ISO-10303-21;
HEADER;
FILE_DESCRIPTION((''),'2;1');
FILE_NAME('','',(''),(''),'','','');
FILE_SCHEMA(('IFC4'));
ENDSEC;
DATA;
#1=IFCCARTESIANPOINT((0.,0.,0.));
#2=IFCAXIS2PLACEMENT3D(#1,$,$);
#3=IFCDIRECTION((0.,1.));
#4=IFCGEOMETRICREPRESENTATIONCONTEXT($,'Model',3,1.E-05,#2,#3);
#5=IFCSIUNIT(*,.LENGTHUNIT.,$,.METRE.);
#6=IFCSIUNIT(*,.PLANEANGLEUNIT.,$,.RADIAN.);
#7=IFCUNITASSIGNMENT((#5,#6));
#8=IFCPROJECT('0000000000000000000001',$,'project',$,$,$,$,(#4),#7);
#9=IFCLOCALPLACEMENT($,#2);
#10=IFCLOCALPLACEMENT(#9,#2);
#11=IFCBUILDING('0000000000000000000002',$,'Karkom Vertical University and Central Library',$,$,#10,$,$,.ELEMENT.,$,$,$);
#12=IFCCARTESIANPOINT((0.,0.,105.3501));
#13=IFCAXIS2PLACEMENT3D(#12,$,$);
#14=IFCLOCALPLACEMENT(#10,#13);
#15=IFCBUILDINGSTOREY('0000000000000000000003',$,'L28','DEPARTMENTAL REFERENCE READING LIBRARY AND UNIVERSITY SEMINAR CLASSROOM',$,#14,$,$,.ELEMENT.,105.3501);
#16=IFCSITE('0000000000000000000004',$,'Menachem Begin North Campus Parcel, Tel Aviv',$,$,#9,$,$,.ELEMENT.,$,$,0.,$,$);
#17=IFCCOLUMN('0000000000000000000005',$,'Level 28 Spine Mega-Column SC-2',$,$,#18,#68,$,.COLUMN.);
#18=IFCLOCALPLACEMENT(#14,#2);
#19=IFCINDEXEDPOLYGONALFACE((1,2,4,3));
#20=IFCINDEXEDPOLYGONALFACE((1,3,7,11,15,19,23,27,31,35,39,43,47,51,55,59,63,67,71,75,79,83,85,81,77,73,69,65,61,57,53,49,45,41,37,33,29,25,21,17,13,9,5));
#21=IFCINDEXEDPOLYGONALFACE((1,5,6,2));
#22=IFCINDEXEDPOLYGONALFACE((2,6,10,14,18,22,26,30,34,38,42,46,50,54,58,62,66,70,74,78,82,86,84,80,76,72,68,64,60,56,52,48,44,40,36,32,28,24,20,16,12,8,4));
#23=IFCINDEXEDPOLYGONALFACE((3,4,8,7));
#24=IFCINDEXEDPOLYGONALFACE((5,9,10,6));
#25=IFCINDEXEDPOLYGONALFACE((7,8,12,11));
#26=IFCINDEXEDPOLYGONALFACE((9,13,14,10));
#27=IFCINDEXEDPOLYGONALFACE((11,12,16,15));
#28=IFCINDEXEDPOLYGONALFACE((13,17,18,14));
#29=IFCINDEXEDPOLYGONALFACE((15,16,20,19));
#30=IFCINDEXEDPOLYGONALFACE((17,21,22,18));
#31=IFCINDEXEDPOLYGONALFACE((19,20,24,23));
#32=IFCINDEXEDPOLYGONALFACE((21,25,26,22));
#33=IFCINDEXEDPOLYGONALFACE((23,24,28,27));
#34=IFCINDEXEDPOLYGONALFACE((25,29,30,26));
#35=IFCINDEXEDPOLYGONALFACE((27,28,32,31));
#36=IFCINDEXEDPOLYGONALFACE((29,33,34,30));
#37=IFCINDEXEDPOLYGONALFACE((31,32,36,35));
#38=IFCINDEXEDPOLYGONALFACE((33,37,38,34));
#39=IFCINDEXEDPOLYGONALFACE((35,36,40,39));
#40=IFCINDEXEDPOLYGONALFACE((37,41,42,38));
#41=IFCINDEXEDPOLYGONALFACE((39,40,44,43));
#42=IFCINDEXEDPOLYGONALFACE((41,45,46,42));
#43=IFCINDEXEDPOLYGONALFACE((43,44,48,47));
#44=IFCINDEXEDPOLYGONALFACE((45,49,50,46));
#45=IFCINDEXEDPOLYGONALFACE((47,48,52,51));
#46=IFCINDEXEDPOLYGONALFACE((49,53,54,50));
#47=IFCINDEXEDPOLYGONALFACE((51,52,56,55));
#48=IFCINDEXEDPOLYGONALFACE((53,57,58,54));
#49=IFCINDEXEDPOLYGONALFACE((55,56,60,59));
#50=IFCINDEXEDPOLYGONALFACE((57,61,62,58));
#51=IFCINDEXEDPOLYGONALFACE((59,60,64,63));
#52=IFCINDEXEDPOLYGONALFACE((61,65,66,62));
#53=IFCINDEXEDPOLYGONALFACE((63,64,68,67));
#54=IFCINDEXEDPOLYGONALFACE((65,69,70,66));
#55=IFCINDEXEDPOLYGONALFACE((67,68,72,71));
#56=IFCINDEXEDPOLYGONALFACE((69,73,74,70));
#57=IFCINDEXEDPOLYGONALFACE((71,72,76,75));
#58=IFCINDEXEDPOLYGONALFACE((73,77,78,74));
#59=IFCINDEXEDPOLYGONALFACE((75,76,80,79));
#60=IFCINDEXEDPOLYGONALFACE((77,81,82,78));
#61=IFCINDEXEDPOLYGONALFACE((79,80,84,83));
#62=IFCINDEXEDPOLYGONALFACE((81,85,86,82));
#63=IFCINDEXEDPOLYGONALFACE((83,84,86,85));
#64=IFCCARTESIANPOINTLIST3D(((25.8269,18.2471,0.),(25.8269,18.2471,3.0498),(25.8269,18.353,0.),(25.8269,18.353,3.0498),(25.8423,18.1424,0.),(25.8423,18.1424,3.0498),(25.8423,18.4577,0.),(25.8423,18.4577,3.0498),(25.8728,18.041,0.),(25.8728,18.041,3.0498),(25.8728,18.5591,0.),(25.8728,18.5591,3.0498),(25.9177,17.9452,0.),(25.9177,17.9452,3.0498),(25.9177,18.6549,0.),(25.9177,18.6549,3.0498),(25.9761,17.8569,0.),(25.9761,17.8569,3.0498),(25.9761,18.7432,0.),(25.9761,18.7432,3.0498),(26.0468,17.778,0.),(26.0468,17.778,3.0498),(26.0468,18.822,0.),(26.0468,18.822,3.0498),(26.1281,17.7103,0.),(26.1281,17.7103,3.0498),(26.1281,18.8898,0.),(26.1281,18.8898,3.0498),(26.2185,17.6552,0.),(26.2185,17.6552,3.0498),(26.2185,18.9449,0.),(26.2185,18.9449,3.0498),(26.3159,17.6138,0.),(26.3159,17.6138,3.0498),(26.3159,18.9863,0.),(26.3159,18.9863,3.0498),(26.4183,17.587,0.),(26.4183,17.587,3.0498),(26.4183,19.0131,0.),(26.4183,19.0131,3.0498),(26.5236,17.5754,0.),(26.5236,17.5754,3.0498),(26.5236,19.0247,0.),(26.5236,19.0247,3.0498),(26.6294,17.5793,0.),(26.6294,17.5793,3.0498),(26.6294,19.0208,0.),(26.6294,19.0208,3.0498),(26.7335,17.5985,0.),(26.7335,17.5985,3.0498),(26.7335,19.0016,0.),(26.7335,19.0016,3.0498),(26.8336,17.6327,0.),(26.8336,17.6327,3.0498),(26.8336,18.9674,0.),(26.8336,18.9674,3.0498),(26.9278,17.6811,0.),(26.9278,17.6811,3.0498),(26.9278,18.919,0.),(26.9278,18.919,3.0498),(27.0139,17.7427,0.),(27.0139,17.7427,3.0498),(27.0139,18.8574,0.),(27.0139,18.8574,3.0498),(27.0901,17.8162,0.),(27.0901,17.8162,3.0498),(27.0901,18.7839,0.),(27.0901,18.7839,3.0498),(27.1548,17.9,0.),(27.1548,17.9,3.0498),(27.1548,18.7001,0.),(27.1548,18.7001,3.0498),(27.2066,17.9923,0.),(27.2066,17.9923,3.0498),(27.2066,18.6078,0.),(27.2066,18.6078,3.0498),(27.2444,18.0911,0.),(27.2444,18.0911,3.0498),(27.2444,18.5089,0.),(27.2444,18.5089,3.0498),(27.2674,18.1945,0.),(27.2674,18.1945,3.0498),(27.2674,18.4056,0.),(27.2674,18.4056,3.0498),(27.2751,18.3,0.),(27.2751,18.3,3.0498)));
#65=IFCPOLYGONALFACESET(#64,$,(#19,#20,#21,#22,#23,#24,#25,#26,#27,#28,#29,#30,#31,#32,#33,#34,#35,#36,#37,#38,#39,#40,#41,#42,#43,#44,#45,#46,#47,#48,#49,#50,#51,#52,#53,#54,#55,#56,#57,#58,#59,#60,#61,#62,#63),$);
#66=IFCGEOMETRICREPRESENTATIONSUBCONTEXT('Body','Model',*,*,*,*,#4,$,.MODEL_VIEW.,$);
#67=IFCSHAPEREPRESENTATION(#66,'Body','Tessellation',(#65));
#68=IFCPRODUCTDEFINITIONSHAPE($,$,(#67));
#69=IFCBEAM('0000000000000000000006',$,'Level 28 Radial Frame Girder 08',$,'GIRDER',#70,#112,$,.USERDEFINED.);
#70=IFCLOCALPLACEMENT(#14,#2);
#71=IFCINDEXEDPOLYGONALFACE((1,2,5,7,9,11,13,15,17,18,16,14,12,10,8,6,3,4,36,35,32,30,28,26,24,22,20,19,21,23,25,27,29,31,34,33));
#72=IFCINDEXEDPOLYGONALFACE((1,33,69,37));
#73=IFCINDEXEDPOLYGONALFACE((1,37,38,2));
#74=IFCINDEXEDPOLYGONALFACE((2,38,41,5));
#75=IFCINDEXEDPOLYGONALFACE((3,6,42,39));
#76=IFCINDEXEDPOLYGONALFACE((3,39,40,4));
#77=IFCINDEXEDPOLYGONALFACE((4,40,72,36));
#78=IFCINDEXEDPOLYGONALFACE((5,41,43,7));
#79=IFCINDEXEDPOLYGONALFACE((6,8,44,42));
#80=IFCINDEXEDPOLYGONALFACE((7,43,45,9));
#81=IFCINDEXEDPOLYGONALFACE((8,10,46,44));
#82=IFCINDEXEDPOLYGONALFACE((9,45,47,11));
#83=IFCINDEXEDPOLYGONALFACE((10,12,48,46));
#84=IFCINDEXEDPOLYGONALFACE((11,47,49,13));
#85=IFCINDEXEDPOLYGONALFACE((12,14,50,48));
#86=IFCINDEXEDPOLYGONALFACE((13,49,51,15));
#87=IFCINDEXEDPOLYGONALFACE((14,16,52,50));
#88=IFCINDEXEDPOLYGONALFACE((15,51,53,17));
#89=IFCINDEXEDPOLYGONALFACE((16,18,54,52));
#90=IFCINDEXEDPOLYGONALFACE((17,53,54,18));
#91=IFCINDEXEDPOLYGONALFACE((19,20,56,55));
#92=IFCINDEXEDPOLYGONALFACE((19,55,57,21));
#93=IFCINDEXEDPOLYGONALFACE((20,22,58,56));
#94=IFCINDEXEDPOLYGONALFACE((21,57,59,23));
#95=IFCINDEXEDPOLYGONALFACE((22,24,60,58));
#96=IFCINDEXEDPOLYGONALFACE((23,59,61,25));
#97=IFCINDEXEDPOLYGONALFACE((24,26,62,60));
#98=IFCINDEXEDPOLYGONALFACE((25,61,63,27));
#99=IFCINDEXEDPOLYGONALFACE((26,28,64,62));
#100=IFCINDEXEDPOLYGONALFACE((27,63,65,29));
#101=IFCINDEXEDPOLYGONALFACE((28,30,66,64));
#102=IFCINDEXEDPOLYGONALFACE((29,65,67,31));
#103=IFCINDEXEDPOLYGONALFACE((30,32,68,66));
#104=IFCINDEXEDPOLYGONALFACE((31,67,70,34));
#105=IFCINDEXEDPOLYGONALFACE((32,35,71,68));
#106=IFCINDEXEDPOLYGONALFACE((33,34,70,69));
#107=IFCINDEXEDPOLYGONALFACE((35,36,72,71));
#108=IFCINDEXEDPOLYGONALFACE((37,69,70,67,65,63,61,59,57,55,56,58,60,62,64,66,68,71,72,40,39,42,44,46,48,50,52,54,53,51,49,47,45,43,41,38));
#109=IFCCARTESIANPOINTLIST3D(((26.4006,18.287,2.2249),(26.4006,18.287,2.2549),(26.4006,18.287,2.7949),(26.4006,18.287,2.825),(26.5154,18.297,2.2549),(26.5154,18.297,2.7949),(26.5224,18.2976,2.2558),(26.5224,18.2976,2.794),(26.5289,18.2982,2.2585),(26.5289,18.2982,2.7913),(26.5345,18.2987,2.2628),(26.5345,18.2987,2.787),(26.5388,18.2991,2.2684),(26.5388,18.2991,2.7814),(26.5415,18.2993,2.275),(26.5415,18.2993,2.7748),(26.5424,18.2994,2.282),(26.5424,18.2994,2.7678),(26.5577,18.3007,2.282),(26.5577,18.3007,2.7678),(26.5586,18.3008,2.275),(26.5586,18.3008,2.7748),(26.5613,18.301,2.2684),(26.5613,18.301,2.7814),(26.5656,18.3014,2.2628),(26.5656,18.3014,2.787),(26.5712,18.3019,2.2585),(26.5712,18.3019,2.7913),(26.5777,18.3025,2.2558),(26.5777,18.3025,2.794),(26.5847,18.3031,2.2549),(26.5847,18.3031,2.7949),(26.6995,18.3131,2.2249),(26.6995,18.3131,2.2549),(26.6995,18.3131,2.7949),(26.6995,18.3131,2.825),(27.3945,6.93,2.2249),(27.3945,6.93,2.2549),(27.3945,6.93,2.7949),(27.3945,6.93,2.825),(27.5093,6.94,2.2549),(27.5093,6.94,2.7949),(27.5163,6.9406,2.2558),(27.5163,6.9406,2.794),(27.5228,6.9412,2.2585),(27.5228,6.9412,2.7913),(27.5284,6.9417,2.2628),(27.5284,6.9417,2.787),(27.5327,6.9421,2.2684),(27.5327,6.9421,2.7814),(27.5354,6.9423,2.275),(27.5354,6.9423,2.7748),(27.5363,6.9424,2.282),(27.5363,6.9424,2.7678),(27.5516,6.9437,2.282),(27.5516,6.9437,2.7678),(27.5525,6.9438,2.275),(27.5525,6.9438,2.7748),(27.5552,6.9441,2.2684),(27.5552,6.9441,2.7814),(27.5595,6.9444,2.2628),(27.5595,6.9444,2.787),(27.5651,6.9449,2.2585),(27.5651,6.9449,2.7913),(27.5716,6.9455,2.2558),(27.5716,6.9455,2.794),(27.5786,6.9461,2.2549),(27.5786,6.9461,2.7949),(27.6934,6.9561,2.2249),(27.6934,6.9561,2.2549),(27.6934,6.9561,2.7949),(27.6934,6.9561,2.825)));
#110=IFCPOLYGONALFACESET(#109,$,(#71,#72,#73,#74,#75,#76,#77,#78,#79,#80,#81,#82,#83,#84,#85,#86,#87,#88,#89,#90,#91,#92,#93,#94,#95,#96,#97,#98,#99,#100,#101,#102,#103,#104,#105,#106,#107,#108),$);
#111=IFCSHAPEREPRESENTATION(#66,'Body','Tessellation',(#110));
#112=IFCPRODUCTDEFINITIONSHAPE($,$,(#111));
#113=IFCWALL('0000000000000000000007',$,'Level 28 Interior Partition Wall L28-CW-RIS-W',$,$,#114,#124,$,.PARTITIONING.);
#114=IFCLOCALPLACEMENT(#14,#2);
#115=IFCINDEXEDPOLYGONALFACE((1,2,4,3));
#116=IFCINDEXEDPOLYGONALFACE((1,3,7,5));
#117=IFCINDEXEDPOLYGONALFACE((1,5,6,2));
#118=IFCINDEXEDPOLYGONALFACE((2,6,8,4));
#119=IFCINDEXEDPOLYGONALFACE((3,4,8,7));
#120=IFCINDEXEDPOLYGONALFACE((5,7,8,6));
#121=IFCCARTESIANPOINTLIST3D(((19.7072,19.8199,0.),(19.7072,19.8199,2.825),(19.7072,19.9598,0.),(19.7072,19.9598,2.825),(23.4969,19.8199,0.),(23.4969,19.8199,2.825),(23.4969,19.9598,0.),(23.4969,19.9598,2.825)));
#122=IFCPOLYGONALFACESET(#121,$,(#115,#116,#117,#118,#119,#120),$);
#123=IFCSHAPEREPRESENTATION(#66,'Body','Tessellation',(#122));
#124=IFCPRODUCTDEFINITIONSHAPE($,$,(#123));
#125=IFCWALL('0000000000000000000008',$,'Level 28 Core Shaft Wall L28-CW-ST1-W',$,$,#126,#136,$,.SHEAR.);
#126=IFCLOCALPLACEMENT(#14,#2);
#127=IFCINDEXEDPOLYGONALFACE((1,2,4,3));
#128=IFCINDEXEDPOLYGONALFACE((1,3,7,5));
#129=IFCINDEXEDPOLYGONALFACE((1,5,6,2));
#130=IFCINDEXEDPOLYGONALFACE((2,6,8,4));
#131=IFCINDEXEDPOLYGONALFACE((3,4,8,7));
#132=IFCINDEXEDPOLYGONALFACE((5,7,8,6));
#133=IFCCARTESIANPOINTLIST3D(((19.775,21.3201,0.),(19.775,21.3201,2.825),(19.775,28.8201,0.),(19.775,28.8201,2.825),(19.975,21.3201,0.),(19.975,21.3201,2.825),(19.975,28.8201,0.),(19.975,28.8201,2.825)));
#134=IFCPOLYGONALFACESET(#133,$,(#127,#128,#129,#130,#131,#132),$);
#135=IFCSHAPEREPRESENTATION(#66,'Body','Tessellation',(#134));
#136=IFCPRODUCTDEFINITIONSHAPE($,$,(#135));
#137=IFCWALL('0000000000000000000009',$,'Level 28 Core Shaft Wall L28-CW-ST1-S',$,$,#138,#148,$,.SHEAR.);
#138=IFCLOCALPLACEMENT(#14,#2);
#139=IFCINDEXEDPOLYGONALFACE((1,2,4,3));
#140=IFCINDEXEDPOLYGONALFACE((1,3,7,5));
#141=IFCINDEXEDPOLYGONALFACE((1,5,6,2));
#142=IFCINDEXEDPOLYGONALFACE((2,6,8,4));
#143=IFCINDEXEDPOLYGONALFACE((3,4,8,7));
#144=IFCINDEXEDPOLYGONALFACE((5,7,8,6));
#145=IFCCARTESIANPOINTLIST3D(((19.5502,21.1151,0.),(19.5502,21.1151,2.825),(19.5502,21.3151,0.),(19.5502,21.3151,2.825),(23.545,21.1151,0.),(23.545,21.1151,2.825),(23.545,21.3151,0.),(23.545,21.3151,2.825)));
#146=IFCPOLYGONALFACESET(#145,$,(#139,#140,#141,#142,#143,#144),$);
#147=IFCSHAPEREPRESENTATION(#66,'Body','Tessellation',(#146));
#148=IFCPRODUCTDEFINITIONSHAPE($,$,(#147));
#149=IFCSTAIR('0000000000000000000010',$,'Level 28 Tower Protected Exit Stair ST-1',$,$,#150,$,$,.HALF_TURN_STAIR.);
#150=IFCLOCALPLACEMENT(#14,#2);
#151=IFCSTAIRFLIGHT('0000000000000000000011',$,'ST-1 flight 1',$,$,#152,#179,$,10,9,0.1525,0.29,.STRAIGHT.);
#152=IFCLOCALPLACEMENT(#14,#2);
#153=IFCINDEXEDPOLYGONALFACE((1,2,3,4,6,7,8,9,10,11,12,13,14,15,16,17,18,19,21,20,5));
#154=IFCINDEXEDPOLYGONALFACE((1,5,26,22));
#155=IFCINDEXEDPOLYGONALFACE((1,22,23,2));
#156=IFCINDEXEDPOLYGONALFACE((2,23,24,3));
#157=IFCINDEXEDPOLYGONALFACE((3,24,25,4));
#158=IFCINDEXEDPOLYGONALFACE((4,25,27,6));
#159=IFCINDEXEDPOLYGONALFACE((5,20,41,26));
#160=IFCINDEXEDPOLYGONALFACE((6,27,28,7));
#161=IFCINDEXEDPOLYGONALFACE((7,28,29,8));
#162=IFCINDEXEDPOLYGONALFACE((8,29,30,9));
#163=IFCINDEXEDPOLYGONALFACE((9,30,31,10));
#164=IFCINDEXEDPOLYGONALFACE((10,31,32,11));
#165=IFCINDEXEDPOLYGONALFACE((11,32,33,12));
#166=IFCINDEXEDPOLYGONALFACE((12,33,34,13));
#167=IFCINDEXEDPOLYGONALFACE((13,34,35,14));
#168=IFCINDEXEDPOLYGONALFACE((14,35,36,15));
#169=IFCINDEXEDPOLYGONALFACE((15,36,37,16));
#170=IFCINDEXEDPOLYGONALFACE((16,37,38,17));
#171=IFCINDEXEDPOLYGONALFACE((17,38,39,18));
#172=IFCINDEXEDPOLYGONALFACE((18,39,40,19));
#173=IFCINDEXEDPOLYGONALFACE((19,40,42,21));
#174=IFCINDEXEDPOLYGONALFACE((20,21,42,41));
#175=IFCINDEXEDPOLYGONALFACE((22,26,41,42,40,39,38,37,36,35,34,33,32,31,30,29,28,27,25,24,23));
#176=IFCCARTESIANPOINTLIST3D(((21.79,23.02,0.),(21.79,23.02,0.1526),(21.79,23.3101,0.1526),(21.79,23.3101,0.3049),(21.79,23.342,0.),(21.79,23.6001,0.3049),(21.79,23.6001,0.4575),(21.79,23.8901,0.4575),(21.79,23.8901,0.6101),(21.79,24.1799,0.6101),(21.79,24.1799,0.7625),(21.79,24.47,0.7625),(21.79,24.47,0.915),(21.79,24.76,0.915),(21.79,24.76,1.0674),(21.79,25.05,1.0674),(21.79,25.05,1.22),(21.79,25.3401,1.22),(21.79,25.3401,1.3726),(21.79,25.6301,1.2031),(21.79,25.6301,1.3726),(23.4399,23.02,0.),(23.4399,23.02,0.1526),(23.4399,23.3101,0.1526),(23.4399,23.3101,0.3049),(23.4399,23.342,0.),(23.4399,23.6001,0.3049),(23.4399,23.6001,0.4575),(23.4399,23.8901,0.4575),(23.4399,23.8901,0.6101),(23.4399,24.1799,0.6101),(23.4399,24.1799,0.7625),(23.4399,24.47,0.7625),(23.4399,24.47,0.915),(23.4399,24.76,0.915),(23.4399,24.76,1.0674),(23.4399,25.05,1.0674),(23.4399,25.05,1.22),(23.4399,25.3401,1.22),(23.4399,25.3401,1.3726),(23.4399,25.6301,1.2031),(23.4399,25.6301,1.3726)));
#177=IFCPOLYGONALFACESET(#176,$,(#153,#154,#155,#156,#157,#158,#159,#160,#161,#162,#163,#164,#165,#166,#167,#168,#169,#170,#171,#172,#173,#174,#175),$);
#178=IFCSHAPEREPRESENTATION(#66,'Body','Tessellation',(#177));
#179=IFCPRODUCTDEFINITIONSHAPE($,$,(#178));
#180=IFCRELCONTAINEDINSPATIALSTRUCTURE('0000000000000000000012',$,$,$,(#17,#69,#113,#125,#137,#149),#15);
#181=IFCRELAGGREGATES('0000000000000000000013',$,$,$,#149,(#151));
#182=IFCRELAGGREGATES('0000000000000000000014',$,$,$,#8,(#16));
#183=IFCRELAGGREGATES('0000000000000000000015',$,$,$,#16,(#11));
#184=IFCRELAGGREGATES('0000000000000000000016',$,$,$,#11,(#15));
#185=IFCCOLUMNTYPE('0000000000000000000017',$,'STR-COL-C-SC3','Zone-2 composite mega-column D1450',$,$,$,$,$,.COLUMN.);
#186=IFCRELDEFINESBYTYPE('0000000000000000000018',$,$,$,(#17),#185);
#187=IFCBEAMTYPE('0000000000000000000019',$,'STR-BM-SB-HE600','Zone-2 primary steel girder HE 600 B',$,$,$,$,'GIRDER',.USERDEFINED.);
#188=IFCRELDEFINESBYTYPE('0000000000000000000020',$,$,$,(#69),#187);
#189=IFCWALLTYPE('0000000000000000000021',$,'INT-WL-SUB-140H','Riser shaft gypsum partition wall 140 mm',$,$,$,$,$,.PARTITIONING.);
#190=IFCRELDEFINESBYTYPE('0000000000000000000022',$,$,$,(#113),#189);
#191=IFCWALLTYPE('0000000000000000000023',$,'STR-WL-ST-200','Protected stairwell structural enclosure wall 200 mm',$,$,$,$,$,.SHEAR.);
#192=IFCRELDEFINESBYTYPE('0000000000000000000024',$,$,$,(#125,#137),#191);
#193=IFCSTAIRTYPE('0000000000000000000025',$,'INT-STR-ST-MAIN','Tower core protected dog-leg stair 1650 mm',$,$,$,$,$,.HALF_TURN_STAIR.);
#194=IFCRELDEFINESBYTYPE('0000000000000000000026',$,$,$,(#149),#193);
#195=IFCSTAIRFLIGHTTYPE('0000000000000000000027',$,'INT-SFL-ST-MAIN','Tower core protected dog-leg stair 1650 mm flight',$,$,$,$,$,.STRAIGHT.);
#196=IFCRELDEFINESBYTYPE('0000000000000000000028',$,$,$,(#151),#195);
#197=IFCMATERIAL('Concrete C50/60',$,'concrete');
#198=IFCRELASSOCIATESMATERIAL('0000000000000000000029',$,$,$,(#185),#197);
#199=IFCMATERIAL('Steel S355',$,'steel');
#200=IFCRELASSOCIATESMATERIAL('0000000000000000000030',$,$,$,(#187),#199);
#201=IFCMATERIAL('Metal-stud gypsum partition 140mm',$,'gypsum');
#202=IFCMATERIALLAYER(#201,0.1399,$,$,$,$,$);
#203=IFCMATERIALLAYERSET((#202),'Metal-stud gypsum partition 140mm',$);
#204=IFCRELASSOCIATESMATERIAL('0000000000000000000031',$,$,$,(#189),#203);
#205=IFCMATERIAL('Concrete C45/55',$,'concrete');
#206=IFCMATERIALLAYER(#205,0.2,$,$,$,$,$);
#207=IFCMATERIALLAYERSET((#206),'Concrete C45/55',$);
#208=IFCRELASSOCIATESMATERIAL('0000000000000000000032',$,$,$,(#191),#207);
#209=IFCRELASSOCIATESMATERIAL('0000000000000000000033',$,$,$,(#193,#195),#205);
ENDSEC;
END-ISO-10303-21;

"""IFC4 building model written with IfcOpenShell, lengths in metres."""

from ifc_helpers import new_model, si_unit, direction, frame, frame_2d, origin, origin_with_axes, origin_2d, place, context, subcontext, project, spatial, polyline, rectangle, circle, i_section, outline, extrude, source, transform, mapped, material, layer, layer_set, material_profile, profile_set, type_object, element, aggregate, save


model = new_model("IFC4")

# Units and contexts
model_context = context("Model", 3, precision=1e-05, world=origin(), true_north=direction((0.0, 1.0)))
body_context = subcontext(model_context, "Body", "Model", "MODEL_VIEW")
ifc_project = project(units=[si_unit("LENGTHUNIT", "METRE"), si_unit("PLANEANGLEUNIT", "RADIAN")], contexts=[model_context])

# Site, building, storey
site_placement = place(None, origin())
site = spatial("IfcSite", under=ifc_project, at=site_placement, Name="Menachem Begin North Campus Parcel, Tel Aviv", CompositionType="ELEMENT", RefElevation=0.0)
building_placement = place(site_placement, origin())
building = spatial("IfcBuilding", under=site, at=building_placement, Name="Karkom Vertical University and Central Library", CompositionType="ELEMENT")
storey_placement = place(building_placement, frame((0.0, 0.0, 105.3501)))
storey = spatial("IfcBuildingStorey", under=building, at=storey_placement, Name="L28", Description="DEPARTMENTAL REFERENCE READING LIBRARY AND UNIVERSITY SEMINAR CLASSROOM", CompositionType="ELEMENT", Elevation=105.3501)

# Column
ifc_material_1 = material(Name="Concrete C50/60", Category="concrete")
ifc_material_profile_1 = material_profile(ifc_material_1, circle(Radius=0.7251, at=origin_2d()), Name="CFT-D1450")
ifc_profile_set_1 = profile_set([ifc_material_profile_1], Name="Concrete C50/60")
column_type = type_object("IfcColumnType", Name="STR-COL-C-SC3", Description="Zone-2 composite mega-column D1450", PredefinedType="COLUMN", material=ifc_profile_set_1)
shared_shape_1 = source(origin_with_axes(), body_context, "Body", "SweptSolid", [
    extrude(circle(Radius=0.7251, at=origin_2d()), origin(), (0.0, 0.0, 1.0), 3.0498),
])
column_placement = place(storey_placement, frame((26.55, 18.3, 0.0), z_axis=(0.0, 0.0, 1.0), x_axis=(1.0, 0.0, 0.0)))
element("IfcColumn", 1, at=column_placement, inside=storey, type_object=column_type, Name="Level 28 Spine Mega-Column SC-2", PredefinedType="COLUMN", context=body_context, shape_type="MappedRepresentation", body=[
    mapped(shared_shape_1, transform((0.0, 0.0, 0.0), scale=1.0)),
])

# Beam
ifc_material_2 = material(Name="Steel S355", Category="steel")
ifc_material_profile_2 = material_profile(ifc_material_2, i_section(OverallWidth=0.3, OverallDepth=0.6001, WebThickness=0.0154, FlangeThickness=0.03, FilletRadius=0.0271, at=origin_2d()), Name="HE 600 B")
ifc_profile_set_2 = profile_set([ifc_material_profile_2], Name="Steel S355")
beam_type = type_object("IfcBeamType", Name="STR-BM-SB-HE600", Description="Zone-2 primary steel girder HE 600 B", ElementType="GIRDER", PredefinedType="USERDEFINED", material=ifc_profile_set_2)
shared_shape_2 = source(origin_with_axes(), body_context, "Body", "SweptSolid", [
    extrude(i_section(OverallWidth=0.3, OverallDepth=0.6001, WebThickness=0.0154, FlangeThickness=0.03, FilletRadius=0.0271, at=origin_2d()), origin(), (0.0, 0.0, 1.0), 11.4004),
])
beam_placement = place(storey_placement, frame((26.55, 18.3, 2.5249), z_axis=(0.087181, -0.996192, 0.0), x_axis=(0.996192, 0.087181, 0.0)))
element("IfcBeam", 2, at=beam_placement, inside=storey, type_object=beam_type, Name="Level 28 Radial Frame Girder 08", ObjectType="GIRDER", PredefinedType="USERDEFINED", context=body_context, shape_type="MappedRepresentation", body=[
    mapped(shared_shape_2, transform((0.0, 0.0, 0.0), scale=1.0)),
])

# Wall
ifc_material_3 = material(Name="Metal-stud gypsum partition 140mm", Category="gypsum")
ifc_layer_1 = layer(ifc_material_3, 0.1399)
ifc_layer_set_1 = layer_set([ifc_layer_1], Name="Metal-stud gypsum partition 140mm")
wall_type_1 = type_object("IfcWallType", Name="INT-WL-SUB-140H", Description="Riser shaft gypsum partition wall 140 mm", PredefinedType="PARTITIONING", material=ifc_layer_set_1)
wall_1_placement = place(storey_placement, frame((19.707, 19.8899, 0.0), z_axis=(0.0, 0.0, 1.0), x_axis=(1.0, 0.0, 0.0)))
element("IfcWall", 3, at=wall_1_placement, inside=storey, type_object=wall_type_1, Name="Level 28 Interior Partition Wall L28-CW-RIS-W", PredefinedType="PARTITIONING", context=body_context, shape_type="SweptSolid", body=[
    extrude(rectangle(XDim=3.7898, YDim=0.1399, at=frame_2d((1.895, 0.0))), origin(), (0.0, 0.0, 1.0), 2.825),
])

# Shared definitions
ifc_material_4 = material(Name="Concrete C45/55", Category="concrete")
ifc_layer_2 = layer(ifc_material_4, 0.2)
ifc_layer_set_2 = layer_set([ifc_layer_2], Name="Concrete C45/55")
wall_type_2 = type_object("IfcWallType", Name="STR-WL-ST-200", Description="Protected stairwell structural enclosure wall 200 mm", PredefinedType="SHEAR", material=ifc_layer_set_2)

# Walls
wall_2_placement = place(storey_placement, frame((19.875, 21.3201, 0.0), z_axis=(0.0, 0.0, 1.0), x_axis=(0.0, 1.0, 0.0)))
element("IfcWall", 4, at=wall_2_placement, inside=storey, type_object=wall_type_2, Name="Level 28 Core Shaft Wall L28-CW-ST1-W", PredefinedType="SHEAR", context=body_context, shape_type="SweptSolid", body=[
    extrude(rectangle(XDim=7.5, YDim=0.2, at=frame_2d((3.75, 0.0))), origin(), (0.0, 0.0, 1.0), 2.825),
])
wall_3_placement = place(storey_placement, frame((19.55, 21.2151, 0.0), z_axis=(0.0, 0.0, 1.0), x_axis=(1.0, 0.0, 0.0)))
element("IfcWall", 5, at=wall_3_placement, inside=storey, type_object=wall_type_2, Name="Level 28 Core Shaft Wall L28-CW-ST1-S", PredefinedType="SHEAR", context=body_context, shape_type="SweptSolid", body=[
    extrude(rectangle(XDim=3.9949, YDim=0.2, at=frame_2d((1.9976, 0.0))), origin(), (0.0, 0.0, 1.0), 2.825),
])

# Stair, stair flight
stair_type = type_object("IfcStairType", Name="INT-STR-ST-MAIN", Description="Tower core protected dog-leg stair 1650 mm", PredefinedType="HALF_TURN_STAIR", material=ifc_material_4)
stair_placement = place(storey_placement, origin())
stair = element("IfcStair", 6, at=stair_placement, inside=storey, type_object=stair_type, Name="Level 28 Tower Protected Exit Stair ST-1", PredefinedType="HALF_TURN_STAIR")
stair_flight_type = type_object("IfcStairFlightType", Name="INT-SFL-ST-MAIN", Description="Tower core protected dog-leg stair 1650 mm flight", PredefinedType="STRAIGHT", material=ifc_material_4)
stair_flight_placement = place(storey_placement, frame((22.615, 23.02, 0.0), z_axis=(0.0, 0.0, 1.0), x_axis=(0.0, 1.0, 0.0)))
stair_flight = element("IfcStairFlight", 7, at=stair_flight_placement, type_object=stair_flight_type, Name="ST-1 flight 1", NumberOfRisers=10, NumberOfTreads=9, PredefinedType="STRAIGHT", RiserHeight=0.1525, TreadLength=0.29, context=body_context, shape_type="SweptSolid", body=[
    extrude(outline(polyline([(0.0, 0.0), (0.0, 0.1526), (0.29, 0.1526), (0.29, 0.3049), (0.5801, 0.3049), (0.5801, 0.4575), (0.8701, 0.4575), (0.8701, 0.6101), (1.1599, 0.6101), (1.1599, 0.7625), (1.45, 0.7625), (1.45, 0.915), (1.74, 0.915), (1.74, 1.0674), (2.03, 1.0674), (2.03, 1.22), (2.3201, 1.22), (2.3201, 1.3726), (2.6101, 1.3726), (2.6101, 1.5249), (2.6101, 1.2031), (0.322, 0.0), (0.0, 0.0)])), frame((0.0, 0.825, 0.0), z_axis=(0.0, -1.0, 0.0), x_axis=(1.0, 0.0, 0.0)), (0.0, 0.0, 1.0), 1.6499),
])
aggregate(stair, [stair_flight])

save(model, "model.ifc")
